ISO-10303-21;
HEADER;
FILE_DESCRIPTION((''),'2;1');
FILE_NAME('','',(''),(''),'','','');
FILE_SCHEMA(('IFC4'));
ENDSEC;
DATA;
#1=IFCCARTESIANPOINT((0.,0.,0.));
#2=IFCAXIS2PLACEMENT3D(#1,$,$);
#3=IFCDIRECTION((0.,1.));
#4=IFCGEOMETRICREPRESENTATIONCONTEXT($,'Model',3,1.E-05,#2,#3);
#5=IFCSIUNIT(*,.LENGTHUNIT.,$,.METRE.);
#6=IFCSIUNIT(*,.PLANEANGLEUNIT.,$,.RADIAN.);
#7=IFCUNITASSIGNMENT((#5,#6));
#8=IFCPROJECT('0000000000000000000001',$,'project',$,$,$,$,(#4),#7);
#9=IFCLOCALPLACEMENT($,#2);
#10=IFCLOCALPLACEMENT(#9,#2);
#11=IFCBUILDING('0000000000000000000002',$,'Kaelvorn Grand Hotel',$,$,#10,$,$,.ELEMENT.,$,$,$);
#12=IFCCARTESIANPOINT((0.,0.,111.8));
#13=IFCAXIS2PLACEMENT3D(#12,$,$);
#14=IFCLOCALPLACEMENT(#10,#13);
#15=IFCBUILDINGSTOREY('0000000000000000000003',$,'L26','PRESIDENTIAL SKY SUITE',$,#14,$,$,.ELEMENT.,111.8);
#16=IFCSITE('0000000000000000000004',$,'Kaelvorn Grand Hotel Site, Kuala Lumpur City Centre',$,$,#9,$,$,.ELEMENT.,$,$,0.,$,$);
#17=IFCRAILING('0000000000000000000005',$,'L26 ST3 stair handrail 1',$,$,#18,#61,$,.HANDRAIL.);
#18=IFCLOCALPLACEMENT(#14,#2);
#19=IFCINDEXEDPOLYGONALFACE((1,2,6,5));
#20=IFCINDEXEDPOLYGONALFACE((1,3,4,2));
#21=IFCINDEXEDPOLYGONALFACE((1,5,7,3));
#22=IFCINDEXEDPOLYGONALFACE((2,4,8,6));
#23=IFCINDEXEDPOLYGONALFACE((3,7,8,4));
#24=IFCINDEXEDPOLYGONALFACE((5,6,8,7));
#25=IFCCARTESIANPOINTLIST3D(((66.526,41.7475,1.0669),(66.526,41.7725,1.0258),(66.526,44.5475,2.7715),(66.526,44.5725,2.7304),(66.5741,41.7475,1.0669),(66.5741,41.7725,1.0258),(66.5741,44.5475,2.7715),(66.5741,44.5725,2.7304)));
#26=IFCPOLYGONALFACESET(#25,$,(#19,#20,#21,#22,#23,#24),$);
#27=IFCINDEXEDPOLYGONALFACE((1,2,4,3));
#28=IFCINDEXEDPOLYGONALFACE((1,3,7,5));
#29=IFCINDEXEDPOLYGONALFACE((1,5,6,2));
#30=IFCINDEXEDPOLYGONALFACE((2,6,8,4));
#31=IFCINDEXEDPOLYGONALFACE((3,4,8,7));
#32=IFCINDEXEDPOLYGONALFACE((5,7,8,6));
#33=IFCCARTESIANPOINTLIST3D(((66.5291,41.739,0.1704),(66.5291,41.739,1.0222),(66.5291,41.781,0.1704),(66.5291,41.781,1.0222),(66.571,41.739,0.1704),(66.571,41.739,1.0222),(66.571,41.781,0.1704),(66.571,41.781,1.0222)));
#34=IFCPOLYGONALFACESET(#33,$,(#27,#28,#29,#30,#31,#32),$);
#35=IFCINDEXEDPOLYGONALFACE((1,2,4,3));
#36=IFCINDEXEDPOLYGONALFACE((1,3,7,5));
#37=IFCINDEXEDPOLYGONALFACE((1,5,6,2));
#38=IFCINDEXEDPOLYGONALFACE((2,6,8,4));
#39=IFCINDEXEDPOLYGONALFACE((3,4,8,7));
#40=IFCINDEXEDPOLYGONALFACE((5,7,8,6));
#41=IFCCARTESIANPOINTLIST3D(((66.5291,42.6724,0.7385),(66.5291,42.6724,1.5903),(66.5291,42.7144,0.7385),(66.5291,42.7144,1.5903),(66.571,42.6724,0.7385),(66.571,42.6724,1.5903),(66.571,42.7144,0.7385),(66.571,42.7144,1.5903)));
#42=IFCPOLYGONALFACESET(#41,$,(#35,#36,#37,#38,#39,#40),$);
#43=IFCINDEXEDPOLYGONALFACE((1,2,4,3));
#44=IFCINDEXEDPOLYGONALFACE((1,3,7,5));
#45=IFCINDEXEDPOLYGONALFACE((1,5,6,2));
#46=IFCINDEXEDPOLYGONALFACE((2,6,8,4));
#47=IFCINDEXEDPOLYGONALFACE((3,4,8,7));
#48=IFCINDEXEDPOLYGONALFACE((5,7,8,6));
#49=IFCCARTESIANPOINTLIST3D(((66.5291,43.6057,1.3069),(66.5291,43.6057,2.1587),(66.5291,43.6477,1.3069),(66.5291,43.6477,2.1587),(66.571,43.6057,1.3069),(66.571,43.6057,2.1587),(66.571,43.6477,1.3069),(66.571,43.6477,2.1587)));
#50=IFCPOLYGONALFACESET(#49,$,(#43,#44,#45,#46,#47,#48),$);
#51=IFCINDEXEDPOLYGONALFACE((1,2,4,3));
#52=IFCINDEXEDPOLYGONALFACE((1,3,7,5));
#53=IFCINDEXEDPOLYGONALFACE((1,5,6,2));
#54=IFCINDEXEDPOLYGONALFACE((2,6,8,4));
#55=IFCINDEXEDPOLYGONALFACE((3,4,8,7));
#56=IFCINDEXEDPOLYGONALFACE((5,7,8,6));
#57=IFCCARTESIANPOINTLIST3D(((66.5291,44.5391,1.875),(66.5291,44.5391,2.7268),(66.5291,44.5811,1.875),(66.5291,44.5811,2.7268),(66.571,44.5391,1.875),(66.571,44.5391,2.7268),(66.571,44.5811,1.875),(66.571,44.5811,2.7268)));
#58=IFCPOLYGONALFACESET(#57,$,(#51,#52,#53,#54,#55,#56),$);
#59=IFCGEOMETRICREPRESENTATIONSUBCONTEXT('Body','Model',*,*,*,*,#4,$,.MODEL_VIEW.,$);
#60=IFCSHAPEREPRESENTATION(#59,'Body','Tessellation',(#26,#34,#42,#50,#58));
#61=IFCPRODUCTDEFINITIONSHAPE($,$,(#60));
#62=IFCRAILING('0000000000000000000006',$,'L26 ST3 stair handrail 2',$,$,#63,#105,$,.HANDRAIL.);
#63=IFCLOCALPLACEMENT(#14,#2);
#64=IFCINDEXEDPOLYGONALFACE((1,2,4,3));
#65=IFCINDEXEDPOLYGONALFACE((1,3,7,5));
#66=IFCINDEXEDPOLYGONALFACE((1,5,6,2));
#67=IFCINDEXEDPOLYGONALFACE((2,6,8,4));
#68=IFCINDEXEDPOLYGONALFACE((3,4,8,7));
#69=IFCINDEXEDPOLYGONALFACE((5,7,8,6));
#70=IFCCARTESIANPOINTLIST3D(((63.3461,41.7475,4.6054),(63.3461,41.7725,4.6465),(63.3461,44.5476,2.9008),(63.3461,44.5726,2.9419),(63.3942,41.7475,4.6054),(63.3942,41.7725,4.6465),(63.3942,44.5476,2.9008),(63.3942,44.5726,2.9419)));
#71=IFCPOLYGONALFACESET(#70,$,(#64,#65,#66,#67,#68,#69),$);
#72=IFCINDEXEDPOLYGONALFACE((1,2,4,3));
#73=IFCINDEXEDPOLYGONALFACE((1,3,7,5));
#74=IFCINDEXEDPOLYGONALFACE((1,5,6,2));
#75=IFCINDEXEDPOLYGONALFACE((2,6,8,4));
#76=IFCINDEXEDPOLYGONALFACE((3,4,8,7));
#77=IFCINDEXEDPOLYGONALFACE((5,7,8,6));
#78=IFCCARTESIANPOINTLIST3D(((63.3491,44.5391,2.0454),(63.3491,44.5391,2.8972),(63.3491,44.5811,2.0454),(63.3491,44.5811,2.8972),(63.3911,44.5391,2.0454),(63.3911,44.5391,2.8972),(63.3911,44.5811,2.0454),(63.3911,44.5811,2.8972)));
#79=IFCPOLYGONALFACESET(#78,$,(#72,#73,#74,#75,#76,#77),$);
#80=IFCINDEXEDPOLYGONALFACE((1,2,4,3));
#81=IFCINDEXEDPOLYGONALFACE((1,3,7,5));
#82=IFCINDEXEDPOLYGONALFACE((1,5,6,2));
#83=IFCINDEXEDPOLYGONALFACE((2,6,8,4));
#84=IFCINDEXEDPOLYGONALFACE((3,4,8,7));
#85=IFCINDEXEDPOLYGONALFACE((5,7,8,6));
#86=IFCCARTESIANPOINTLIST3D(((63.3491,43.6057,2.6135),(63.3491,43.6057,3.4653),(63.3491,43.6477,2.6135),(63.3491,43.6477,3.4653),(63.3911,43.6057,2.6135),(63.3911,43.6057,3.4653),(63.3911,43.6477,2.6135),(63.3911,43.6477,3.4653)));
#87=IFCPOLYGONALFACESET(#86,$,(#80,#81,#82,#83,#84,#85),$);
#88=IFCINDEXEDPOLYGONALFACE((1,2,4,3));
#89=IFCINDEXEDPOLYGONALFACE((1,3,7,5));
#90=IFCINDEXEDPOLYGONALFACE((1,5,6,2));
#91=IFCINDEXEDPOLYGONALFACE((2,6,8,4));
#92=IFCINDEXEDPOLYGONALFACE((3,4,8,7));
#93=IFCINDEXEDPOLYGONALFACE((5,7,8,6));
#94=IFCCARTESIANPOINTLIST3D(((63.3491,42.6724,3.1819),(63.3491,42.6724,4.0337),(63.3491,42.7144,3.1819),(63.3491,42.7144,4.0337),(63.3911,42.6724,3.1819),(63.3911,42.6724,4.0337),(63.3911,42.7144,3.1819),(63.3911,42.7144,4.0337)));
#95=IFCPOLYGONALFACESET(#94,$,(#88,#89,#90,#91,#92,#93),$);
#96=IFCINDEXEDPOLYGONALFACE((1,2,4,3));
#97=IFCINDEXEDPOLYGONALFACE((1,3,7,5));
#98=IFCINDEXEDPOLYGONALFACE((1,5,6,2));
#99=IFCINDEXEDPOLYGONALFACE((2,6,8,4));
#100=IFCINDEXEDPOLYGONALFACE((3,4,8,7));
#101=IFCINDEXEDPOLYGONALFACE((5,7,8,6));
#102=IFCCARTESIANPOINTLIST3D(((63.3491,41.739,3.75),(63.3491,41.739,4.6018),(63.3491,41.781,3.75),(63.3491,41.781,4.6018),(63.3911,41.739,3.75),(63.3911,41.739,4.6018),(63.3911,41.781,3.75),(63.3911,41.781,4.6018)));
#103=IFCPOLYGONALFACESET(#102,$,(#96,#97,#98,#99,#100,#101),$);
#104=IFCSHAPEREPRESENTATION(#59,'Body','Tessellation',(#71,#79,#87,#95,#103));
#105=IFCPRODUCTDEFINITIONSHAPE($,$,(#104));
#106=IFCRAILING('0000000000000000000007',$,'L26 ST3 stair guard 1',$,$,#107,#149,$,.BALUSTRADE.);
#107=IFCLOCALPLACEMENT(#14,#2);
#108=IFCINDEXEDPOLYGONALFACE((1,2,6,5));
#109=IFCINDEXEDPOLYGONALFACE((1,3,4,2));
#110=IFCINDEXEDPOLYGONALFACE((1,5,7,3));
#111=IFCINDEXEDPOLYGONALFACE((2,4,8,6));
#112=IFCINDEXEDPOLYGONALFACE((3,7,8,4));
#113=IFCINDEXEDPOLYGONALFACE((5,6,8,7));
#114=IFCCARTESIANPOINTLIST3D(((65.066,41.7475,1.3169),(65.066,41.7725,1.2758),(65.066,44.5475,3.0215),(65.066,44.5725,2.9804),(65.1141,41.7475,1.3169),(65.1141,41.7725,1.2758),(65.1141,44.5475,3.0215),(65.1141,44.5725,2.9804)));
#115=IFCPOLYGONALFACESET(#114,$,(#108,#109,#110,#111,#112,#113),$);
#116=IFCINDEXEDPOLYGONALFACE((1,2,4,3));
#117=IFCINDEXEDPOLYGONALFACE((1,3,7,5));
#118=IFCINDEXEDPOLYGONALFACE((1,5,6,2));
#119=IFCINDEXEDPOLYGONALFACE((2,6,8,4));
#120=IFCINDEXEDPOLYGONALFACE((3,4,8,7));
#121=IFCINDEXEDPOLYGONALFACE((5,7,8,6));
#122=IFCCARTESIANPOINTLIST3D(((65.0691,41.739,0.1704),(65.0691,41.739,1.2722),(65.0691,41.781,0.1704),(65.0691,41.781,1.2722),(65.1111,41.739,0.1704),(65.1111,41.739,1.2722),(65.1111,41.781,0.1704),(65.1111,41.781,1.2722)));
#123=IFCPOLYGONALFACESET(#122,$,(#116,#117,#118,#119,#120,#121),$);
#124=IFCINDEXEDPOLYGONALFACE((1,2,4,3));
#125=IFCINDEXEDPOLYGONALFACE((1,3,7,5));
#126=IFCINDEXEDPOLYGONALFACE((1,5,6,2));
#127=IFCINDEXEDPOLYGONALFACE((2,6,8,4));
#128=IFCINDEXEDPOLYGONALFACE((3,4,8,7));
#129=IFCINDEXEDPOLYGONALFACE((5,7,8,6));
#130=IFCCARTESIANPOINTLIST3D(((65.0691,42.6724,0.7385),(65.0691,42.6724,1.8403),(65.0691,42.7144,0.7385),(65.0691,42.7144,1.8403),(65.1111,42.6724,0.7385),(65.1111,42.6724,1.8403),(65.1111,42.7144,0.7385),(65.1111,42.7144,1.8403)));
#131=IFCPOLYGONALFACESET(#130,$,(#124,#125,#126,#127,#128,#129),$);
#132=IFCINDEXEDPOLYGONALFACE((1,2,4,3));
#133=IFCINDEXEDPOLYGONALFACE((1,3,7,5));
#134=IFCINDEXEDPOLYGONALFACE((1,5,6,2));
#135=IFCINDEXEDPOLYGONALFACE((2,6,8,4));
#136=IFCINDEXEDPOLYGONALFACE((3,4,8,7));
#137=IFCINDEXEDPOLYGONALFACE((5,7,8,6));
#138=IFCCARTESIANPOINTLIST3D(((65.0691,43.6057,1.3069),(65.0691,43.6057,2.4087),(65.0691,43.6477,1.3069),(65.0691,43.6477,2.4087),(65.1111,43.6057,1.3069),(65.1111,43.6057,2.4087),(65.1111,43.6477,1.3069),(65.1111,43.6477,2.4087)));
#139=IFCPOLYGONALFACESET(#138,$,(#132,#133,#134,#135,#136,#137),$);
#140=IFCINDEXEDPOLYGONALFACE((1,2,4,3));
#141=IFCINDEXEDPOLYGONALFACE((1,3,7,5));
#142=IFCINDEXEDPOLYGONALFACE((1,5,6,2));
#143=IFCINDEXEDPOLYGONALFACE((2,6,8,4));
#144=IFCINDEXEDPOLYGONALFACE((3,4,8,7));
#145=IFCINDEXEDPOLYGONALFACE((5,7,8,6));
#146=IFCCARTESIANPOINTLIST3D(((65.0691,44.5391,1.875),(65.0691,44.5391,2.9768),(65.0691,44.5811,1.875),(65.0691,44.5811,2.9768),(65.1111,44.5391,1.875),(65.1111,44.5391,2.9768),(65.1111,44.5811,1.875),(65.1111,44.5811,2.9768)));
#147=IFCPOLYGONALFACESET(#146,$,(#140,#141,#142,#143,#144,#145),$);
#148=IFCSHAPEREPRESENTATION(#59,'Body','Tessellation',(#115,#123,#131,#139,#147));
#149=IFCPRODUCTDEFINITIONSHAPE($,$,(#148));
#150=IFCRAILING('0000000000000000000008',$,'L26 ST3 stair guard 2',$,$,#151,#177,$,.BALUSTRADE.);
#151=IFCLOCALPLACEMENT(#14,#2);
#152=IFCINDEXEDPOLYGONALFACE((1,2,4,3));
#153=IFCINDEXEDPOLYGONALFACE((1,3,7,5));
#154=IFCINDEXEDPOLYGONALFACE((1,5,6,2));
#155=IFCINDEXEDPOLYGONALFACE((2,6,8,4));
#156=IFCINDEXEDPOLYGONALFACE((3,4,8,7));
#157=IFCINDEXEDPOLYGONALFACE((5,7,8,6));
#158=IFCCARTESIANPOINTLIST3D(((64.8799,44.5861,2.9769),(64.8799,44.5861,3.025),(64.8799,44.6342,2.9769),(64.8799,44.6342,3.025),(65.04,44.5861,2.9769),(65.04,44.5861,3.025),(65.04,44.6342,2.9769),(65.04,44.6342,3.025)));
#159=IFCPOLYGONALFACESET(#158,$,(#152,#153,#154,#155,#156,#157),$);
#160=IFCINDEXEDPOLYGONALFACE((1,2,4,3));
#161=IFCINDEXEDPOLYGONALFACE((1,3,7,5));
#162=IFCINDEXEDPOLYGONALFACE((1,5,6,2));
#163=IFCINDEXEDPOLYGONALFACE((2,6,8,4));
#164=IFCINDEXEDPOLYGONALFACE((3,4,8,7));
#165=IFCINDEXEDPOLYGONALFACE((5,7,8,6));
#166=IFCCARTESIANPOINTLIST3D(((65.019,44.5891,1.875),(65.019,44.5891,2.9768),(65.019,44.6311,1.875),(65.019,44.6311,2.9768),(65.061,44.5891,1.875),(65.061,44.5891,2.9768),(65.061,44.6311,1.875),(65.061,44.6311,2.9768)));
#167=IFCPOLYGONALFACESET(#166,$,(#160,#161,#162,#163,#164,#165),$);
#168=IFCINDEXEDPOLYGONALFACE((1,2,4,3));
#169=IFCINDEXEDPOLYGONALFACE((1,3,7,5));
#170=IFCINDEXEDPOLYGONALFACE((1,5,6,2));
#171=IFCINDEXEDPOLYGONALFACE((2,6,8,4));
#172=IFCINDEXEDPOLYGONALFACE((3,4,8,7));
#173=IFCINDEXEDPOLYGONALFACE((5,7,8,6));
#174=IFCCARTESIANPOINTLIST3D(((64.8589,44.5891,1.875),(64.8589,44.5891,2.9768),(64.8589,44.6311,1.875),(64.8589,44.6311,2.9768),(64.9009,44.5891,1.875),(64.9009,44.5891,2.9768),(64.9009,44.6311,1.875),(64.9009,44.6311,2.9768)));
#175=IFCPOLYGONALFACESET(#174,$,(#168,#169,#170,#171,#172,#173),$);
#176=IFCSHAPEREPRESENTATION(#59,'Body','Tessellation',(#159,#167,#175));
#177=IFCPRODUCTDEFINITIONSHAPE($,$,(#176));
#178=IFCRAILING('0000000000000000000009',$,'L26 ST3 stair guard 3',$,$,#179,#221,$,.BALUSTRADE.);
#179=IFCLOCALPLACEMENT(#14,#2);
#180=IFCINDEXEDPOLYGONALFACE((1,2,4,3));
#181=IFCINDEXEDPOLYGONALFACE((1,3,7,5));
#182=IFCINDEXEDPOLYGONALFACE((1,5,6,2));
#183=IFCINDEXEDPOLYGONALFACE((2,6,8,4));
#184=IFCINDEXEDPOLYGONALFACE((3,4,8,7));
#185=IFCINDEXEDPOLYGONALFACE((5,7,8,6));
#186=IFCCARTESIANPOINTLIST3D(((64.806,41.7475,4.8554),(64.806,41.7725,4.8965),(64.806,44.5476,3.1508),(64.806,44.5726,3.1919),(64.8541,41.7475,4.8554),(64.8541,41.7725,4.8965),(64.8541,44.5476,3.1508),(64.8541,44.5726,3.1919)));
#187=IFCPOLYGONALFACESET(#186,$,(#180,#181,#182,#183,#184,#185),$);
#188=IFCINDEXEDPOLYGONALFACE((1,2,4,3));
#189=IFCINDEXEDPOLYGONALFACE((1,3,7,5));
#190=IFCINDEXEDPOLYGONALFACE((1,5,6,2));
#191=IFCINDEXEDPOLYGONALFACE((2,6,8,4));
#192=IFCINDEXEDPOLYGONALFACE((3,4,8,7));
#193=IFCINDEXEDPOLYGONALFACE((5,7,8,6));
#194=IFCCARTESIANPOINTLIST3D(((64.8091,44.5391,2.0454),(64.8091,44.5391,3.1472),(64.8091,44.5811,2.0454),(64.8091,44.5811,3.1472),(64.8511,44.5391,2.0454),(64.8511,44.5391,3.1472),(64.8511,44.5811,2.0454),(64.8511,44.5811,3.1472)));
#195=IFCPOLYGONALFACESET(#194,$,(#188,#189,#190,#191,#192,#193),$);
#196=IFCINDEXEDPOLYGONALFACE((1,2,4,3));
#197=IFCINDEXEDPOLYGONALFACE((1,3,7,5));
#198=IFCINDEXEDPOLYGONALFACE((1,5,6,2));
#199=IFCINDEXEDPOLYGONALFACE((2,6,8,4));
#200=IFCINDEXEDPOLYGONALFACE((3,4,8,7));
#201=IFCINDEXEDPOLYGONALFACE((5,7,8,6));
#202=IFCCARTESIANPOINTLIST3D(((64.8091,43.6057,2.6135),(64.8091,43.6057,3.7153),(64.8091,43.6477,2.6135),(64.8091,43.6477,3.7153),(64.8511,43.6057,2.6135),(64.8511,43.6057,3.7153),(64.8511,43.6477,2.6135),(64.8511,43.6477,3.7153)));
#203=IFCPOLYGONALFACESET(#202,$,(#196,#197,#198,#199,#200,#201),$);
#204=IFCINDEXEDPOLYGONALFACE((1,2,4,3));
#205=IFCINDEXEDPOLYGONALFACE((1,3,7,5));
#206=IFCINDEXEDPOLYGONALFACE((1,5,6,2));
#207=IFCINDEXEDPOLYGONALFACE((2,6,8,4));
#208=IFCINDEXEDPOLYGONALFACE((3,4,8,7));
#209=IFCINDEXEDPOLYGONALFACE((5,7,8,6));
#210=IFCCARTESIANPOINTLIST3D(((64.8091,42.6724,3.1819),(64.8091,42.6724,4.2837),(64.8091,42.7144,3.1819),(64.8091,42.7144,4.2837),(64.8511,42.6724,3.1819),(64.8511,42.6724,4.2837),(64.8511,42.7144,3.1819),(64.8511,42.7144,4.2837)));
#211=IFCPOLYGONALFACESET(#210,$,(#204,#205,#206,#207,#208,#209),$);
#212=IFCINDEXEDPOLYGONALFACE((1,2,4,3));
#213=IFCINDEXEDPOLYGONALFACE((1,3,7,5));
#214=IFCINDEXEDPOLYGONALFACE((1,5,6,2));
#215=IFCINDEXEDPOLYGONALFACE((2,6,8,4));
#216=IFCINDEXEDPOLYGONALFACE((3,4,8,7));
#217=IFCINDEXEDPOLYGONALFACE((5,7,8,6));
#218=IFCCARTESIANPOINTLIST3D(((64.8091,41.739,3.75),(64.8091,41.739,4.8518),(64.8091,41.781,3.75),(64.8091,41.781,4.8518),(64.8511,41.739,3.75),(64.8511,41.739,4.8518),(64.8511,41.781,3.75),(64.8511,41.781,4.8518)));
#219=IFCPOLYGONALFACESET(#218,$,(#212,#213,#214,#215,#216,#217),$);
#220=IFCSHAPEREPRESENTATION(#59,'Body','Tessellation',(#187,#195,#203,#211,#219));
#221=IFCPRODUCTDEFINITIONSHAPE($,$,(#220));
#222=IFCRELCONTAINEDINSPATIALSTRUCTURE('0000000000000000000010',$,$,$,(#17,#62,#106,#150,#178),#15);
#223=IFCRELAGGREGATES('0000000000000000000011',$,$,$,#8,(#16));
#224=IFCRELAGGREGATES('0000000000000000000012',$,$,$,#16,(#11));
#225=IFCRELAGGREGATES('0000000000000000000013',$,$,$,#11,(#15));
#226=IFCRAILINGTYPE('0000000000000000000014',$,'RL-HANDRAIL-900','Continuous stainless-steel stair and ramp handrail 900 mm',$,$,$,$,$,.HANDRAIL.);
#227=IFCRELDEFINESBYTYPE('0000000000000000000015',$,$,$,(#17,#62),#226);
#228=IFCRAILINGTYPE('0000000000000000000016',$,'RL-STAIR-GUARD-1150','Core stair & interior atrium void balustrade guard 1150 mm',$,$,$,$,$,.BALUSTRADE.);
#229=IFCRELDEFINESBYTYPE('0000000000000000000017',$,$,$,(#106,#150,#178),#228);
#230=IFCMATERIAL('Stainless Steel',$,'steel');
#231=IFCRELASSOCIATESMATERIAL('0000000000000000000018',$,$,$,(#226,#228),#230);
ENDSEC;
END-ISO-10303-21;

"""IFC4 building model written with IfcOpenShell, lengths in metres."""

from ifc_helpers import new_model, si_unit, direction, frame, origin, origin_2d, place, context, subcontext, project, spatial, rectangle, extrude, material, type_object, element, save


model = new_model("IFC4")

# Units and contexts
model_context = context("Model", 3, precision=1e-05, world=origin(), true_north=direction((0.0, 1.0)))
body_context = subcontext(model_context, "Body", "Model", "MODEL_VIEW")
ifc_project = project(units=[si_unit("LENGTHUNIT", "METRE"), si_unit("PLANEANGLEUNIT", "RADIAN")], contexts=[model_context])

# Site, building, storey
site_placement = place(None, origin())
site = spatial("IfcSite", under=ifc_project, at=site_placement, Name="Kaelvorn Grand Hotel Site, Kuala Lumpur City Centre", CompositionType="ELEMENT", RefElevation=0.0)
building_placement = place(site_placement, origin())
building = spatial("IfcBuilding", under=site, at=building_placement, Name="Kaelvorn Grand Hotel", CompositionType="ELEMENT")
storey_placement = place(building_placement, frame((0.0, 0.0, 111.8)))
storey = spatial("IfcBuildingStorey", under=building, at=storey_placement, Name="L26", Description="PRESIDENTIAL SKY SUITE", CompositionType="ELEMENT", Elevation=111.8)

# Shared definitions
ifc_material_1 = material(Name="Stainless Steel", Category="steel")

# Railings
railing_type_1 = type_object("IfcRailingType", Name="RL-HANDRAIL-900", Description="Continuous stainless-steel stair and ramp handrail 900 mm", PredefinedType="HANDRAIL", material=ifc_material_1)
railing_1_placement = place(storey_placement, frame((66.55, 41.76, 0.1704)))
element("IfcRailing", 1, at=railing_1_placement, inside=storey, type_object=railing_type_1, Name="L26 ST3 stair handrail 1", PredefinedType="HANDRAIL", context=body_context, shape_type="SweptSolid", body=[
    extrude(rectangle(XDim=0.0481, YDim=0.0481, at=origin_2d()), frame((0.0, 0.0, 0.876), z_axis=(0.0, 0.85417, 0.519994), x_axis=(-1.0, 0.0, 0.0)), (0.0, 0.0, 1.0), 3.2781),
    extrude(rectangle(XDim=0.042, YDim=0.042, at=origin_2d()), origin(), (0.0, 0.0, 1.0), 0.8518),
    extrude(rectangle(XDim=0.042, YDim=0.042, at=origin_2d()), frame((0.0, 0.9333, 0.5681)), (0.0, 0.0, 1.0), 0.8518),
    extrude(rectangle(XDim=0.042, YDim=0.042, at=origin_2d()), frame((0.0, 1.8667, 1.1365)), (0.0, 0.0, 1.0), 0.8518),
    extrude(rectangle(XDim=0.042, YDim=0.042, at=origin_2d()), frame((0.0, 2.8, 1.7046)), (0.0, 0.0, 1.0), 0.8518),
])
railing_2_placement = place(storey_placement, frame((63.3701, 44.5601, 2.0454)))
element("IfcRailing", 2, at=railing_2_placement, inside=storey, type_object=railing_type_1, Name="L26 ST3 stair handrail 2", PredefinedType="HANDRAIL", context=body_context, shape_type="SweptSolid", body=[
    extrude(rectangle(XDim=0.0481, YDim=0.0481, at=origin_2d()), frame((0.0, 0.0, 0.876), z_axis=(0.0, -0.85417, 0.519994), x_axis=(1.0, 0.0, 0.0)), (0.0, 0.0, 1.0), 3.2781),
    extrude(rectangle(XDim=0.042, YDim=0.042, at=origin_2d()), origin(), (0.0, 0.0, 1.0), 0.8518),
    extrude(rectangle(XDim=0.042, YDim=0.042, at=origin_2d()), frame((0.0, -0.9333, 0.5681)), (0.0, 0.0, 1.0), 0.8518),
    extrude(rectangle(XDim=0.042, YDim=0.042, at=origin_2d()), frame((0.0, -1.8667, 1.1365)), (0.0, 0.0, 1.0), 0.8518),
    extrude(rectangle(XDim=0.042, YDim=0.042, at=origin_2d()), frame((0.0, -2.8, 1.7046)), (0.0, 0.0, 1.0), 0.8518),
])
railing_type_2 = type_object("IfcRailingType", Name="RL-STAIR-GUARD-1150", Description="Core stair & interior atrium void balustrade guard 1150 mm", PredefinedType="BALUSTRADE", material=ifc_material_1)
railing_3_placement = place(storey_placement, frame((65.0901, 41.76, 0.1704)))
element("IfcRailing", 3, at=railing_3_placement, inside=storey, type_object=railing_type_2, Name="L26 ST3 stair guard 1", PredefinedType="BALUSTRADE", context=body_context, shape_type="SweptSolid", body=[
    extrude(rectangle(XDim=0.0481, YDim=0.0481, at=origin_2d()), frame((0.0, 0.0, 1.126), z_axis=(0.0, 0.85417, 0.519994), x_axis=(-1.0, 0.0, 0.0)), (0.0, 0.0, 1.0), 3.2781),
    extrude(rectangle(XDim=0.042, YDim=0.042, at=origin_2d()), origin(), (0.0, 0.0, 1.0), 1.1018),
    extrude(rectangle(XDim=0.042, YDim=0.042, at=origin_2d()), frame((0.0, 0.9333, 0.5681)), (0.0, 0.0, 1.0), 1.1018),
    extrude(rectangle(XDim=0.042, YDim=0.042, at=origin_2d()), frame((0.0, 1.8667, 1.1365)), (0.0, 0.0, 1.0), 1.1018),
    extrude(rectangle(XDim=0.042, YDim=0.042, at=origin_2d()), frame((0.0, 2.8, 1.7046)), (0.0, 0.0, 1.0), 1.1018),
])
railing_4_placement = place(storey_placement, frame((65.04, 44.6101, 1.875)))
element("IfcRailing", 4, at=railing_4_placement, inside=storey, type_object=railing_type_2, Name="L26 ST3 stair guard 2", PredefinedType="BALUSTRADE", context=body_context, shape_type="SweptSolid", body=[
    extrude(rectangle(XDim=0.0481, YDim=0.0481, at=origin_2d()), frame((0.0, 0.0, 1.126), z_axis=(-1.0, 0.0, 0.0), x_axis=(0.0, -1.0, 0.0)), (0.0, 0.0, 1.0), 0.1602),
    extrude(rectangle(XDim=0.042, YDim=0.042, at=origin_2d()), origin(), (0.0, 0.0, 1.0), 1.1018),
    extrude(rectangle(XDim=0.042, YDim=0.042, at=origin_2d()), frame((-0.1602, 0.0, 0.0)), (0.0, 0.0, 1.0), 1.1018),
])
railing_5_placement = place(storey_placement, frame((64.8301, 44.5601, 2.0454)))
element("IfcRailing", 5, at=railing_5_placement, inside=storey, type_object=railing_type_2, Name="L26 ST3 stair guard 3", PredefinedType="BALUSTRADE", context=body_context, shape_type="SweptSolid", body=[
    extrude(rectangle(XDim=0.0481, YDim=0.0481, at=origin_2d()), frame((0.0, 0.0, 1.126), z_axis=(0.0, -0.85417, 0.519994), x_axis=(1.0, 0.0, 0.0)), (0.0, 0.0, 1.0), 3.2781),
    extrude(rectangle(XDim=0.042, YDim=0.042, at=origin_2d()), origin(), (0.0, 0.0, 1.0), 1.1018),
    extrude(rectangle(XDim=0.042, YDim=0.042, at=origin_2d()), frame((0.0, -0.9333, 0.5681)), (0.0, 0.0, 1.0), 1.1018),
    extrude(rectangle(XDim=0.042, YDim=0.042, at=origin_2d()), frame((0.0, -1.8667, 1.1365)), (0.0, 0.0, 1.0), 1.1018),
    extrude(rectangle(XDim=0.042, YDim=0.042, at=origin_2d()), frame((0.0, -2.8, 1.7046)), (0.0, 0.0, 1.0), 1.1018),
])

save(model, "model.ifc")
